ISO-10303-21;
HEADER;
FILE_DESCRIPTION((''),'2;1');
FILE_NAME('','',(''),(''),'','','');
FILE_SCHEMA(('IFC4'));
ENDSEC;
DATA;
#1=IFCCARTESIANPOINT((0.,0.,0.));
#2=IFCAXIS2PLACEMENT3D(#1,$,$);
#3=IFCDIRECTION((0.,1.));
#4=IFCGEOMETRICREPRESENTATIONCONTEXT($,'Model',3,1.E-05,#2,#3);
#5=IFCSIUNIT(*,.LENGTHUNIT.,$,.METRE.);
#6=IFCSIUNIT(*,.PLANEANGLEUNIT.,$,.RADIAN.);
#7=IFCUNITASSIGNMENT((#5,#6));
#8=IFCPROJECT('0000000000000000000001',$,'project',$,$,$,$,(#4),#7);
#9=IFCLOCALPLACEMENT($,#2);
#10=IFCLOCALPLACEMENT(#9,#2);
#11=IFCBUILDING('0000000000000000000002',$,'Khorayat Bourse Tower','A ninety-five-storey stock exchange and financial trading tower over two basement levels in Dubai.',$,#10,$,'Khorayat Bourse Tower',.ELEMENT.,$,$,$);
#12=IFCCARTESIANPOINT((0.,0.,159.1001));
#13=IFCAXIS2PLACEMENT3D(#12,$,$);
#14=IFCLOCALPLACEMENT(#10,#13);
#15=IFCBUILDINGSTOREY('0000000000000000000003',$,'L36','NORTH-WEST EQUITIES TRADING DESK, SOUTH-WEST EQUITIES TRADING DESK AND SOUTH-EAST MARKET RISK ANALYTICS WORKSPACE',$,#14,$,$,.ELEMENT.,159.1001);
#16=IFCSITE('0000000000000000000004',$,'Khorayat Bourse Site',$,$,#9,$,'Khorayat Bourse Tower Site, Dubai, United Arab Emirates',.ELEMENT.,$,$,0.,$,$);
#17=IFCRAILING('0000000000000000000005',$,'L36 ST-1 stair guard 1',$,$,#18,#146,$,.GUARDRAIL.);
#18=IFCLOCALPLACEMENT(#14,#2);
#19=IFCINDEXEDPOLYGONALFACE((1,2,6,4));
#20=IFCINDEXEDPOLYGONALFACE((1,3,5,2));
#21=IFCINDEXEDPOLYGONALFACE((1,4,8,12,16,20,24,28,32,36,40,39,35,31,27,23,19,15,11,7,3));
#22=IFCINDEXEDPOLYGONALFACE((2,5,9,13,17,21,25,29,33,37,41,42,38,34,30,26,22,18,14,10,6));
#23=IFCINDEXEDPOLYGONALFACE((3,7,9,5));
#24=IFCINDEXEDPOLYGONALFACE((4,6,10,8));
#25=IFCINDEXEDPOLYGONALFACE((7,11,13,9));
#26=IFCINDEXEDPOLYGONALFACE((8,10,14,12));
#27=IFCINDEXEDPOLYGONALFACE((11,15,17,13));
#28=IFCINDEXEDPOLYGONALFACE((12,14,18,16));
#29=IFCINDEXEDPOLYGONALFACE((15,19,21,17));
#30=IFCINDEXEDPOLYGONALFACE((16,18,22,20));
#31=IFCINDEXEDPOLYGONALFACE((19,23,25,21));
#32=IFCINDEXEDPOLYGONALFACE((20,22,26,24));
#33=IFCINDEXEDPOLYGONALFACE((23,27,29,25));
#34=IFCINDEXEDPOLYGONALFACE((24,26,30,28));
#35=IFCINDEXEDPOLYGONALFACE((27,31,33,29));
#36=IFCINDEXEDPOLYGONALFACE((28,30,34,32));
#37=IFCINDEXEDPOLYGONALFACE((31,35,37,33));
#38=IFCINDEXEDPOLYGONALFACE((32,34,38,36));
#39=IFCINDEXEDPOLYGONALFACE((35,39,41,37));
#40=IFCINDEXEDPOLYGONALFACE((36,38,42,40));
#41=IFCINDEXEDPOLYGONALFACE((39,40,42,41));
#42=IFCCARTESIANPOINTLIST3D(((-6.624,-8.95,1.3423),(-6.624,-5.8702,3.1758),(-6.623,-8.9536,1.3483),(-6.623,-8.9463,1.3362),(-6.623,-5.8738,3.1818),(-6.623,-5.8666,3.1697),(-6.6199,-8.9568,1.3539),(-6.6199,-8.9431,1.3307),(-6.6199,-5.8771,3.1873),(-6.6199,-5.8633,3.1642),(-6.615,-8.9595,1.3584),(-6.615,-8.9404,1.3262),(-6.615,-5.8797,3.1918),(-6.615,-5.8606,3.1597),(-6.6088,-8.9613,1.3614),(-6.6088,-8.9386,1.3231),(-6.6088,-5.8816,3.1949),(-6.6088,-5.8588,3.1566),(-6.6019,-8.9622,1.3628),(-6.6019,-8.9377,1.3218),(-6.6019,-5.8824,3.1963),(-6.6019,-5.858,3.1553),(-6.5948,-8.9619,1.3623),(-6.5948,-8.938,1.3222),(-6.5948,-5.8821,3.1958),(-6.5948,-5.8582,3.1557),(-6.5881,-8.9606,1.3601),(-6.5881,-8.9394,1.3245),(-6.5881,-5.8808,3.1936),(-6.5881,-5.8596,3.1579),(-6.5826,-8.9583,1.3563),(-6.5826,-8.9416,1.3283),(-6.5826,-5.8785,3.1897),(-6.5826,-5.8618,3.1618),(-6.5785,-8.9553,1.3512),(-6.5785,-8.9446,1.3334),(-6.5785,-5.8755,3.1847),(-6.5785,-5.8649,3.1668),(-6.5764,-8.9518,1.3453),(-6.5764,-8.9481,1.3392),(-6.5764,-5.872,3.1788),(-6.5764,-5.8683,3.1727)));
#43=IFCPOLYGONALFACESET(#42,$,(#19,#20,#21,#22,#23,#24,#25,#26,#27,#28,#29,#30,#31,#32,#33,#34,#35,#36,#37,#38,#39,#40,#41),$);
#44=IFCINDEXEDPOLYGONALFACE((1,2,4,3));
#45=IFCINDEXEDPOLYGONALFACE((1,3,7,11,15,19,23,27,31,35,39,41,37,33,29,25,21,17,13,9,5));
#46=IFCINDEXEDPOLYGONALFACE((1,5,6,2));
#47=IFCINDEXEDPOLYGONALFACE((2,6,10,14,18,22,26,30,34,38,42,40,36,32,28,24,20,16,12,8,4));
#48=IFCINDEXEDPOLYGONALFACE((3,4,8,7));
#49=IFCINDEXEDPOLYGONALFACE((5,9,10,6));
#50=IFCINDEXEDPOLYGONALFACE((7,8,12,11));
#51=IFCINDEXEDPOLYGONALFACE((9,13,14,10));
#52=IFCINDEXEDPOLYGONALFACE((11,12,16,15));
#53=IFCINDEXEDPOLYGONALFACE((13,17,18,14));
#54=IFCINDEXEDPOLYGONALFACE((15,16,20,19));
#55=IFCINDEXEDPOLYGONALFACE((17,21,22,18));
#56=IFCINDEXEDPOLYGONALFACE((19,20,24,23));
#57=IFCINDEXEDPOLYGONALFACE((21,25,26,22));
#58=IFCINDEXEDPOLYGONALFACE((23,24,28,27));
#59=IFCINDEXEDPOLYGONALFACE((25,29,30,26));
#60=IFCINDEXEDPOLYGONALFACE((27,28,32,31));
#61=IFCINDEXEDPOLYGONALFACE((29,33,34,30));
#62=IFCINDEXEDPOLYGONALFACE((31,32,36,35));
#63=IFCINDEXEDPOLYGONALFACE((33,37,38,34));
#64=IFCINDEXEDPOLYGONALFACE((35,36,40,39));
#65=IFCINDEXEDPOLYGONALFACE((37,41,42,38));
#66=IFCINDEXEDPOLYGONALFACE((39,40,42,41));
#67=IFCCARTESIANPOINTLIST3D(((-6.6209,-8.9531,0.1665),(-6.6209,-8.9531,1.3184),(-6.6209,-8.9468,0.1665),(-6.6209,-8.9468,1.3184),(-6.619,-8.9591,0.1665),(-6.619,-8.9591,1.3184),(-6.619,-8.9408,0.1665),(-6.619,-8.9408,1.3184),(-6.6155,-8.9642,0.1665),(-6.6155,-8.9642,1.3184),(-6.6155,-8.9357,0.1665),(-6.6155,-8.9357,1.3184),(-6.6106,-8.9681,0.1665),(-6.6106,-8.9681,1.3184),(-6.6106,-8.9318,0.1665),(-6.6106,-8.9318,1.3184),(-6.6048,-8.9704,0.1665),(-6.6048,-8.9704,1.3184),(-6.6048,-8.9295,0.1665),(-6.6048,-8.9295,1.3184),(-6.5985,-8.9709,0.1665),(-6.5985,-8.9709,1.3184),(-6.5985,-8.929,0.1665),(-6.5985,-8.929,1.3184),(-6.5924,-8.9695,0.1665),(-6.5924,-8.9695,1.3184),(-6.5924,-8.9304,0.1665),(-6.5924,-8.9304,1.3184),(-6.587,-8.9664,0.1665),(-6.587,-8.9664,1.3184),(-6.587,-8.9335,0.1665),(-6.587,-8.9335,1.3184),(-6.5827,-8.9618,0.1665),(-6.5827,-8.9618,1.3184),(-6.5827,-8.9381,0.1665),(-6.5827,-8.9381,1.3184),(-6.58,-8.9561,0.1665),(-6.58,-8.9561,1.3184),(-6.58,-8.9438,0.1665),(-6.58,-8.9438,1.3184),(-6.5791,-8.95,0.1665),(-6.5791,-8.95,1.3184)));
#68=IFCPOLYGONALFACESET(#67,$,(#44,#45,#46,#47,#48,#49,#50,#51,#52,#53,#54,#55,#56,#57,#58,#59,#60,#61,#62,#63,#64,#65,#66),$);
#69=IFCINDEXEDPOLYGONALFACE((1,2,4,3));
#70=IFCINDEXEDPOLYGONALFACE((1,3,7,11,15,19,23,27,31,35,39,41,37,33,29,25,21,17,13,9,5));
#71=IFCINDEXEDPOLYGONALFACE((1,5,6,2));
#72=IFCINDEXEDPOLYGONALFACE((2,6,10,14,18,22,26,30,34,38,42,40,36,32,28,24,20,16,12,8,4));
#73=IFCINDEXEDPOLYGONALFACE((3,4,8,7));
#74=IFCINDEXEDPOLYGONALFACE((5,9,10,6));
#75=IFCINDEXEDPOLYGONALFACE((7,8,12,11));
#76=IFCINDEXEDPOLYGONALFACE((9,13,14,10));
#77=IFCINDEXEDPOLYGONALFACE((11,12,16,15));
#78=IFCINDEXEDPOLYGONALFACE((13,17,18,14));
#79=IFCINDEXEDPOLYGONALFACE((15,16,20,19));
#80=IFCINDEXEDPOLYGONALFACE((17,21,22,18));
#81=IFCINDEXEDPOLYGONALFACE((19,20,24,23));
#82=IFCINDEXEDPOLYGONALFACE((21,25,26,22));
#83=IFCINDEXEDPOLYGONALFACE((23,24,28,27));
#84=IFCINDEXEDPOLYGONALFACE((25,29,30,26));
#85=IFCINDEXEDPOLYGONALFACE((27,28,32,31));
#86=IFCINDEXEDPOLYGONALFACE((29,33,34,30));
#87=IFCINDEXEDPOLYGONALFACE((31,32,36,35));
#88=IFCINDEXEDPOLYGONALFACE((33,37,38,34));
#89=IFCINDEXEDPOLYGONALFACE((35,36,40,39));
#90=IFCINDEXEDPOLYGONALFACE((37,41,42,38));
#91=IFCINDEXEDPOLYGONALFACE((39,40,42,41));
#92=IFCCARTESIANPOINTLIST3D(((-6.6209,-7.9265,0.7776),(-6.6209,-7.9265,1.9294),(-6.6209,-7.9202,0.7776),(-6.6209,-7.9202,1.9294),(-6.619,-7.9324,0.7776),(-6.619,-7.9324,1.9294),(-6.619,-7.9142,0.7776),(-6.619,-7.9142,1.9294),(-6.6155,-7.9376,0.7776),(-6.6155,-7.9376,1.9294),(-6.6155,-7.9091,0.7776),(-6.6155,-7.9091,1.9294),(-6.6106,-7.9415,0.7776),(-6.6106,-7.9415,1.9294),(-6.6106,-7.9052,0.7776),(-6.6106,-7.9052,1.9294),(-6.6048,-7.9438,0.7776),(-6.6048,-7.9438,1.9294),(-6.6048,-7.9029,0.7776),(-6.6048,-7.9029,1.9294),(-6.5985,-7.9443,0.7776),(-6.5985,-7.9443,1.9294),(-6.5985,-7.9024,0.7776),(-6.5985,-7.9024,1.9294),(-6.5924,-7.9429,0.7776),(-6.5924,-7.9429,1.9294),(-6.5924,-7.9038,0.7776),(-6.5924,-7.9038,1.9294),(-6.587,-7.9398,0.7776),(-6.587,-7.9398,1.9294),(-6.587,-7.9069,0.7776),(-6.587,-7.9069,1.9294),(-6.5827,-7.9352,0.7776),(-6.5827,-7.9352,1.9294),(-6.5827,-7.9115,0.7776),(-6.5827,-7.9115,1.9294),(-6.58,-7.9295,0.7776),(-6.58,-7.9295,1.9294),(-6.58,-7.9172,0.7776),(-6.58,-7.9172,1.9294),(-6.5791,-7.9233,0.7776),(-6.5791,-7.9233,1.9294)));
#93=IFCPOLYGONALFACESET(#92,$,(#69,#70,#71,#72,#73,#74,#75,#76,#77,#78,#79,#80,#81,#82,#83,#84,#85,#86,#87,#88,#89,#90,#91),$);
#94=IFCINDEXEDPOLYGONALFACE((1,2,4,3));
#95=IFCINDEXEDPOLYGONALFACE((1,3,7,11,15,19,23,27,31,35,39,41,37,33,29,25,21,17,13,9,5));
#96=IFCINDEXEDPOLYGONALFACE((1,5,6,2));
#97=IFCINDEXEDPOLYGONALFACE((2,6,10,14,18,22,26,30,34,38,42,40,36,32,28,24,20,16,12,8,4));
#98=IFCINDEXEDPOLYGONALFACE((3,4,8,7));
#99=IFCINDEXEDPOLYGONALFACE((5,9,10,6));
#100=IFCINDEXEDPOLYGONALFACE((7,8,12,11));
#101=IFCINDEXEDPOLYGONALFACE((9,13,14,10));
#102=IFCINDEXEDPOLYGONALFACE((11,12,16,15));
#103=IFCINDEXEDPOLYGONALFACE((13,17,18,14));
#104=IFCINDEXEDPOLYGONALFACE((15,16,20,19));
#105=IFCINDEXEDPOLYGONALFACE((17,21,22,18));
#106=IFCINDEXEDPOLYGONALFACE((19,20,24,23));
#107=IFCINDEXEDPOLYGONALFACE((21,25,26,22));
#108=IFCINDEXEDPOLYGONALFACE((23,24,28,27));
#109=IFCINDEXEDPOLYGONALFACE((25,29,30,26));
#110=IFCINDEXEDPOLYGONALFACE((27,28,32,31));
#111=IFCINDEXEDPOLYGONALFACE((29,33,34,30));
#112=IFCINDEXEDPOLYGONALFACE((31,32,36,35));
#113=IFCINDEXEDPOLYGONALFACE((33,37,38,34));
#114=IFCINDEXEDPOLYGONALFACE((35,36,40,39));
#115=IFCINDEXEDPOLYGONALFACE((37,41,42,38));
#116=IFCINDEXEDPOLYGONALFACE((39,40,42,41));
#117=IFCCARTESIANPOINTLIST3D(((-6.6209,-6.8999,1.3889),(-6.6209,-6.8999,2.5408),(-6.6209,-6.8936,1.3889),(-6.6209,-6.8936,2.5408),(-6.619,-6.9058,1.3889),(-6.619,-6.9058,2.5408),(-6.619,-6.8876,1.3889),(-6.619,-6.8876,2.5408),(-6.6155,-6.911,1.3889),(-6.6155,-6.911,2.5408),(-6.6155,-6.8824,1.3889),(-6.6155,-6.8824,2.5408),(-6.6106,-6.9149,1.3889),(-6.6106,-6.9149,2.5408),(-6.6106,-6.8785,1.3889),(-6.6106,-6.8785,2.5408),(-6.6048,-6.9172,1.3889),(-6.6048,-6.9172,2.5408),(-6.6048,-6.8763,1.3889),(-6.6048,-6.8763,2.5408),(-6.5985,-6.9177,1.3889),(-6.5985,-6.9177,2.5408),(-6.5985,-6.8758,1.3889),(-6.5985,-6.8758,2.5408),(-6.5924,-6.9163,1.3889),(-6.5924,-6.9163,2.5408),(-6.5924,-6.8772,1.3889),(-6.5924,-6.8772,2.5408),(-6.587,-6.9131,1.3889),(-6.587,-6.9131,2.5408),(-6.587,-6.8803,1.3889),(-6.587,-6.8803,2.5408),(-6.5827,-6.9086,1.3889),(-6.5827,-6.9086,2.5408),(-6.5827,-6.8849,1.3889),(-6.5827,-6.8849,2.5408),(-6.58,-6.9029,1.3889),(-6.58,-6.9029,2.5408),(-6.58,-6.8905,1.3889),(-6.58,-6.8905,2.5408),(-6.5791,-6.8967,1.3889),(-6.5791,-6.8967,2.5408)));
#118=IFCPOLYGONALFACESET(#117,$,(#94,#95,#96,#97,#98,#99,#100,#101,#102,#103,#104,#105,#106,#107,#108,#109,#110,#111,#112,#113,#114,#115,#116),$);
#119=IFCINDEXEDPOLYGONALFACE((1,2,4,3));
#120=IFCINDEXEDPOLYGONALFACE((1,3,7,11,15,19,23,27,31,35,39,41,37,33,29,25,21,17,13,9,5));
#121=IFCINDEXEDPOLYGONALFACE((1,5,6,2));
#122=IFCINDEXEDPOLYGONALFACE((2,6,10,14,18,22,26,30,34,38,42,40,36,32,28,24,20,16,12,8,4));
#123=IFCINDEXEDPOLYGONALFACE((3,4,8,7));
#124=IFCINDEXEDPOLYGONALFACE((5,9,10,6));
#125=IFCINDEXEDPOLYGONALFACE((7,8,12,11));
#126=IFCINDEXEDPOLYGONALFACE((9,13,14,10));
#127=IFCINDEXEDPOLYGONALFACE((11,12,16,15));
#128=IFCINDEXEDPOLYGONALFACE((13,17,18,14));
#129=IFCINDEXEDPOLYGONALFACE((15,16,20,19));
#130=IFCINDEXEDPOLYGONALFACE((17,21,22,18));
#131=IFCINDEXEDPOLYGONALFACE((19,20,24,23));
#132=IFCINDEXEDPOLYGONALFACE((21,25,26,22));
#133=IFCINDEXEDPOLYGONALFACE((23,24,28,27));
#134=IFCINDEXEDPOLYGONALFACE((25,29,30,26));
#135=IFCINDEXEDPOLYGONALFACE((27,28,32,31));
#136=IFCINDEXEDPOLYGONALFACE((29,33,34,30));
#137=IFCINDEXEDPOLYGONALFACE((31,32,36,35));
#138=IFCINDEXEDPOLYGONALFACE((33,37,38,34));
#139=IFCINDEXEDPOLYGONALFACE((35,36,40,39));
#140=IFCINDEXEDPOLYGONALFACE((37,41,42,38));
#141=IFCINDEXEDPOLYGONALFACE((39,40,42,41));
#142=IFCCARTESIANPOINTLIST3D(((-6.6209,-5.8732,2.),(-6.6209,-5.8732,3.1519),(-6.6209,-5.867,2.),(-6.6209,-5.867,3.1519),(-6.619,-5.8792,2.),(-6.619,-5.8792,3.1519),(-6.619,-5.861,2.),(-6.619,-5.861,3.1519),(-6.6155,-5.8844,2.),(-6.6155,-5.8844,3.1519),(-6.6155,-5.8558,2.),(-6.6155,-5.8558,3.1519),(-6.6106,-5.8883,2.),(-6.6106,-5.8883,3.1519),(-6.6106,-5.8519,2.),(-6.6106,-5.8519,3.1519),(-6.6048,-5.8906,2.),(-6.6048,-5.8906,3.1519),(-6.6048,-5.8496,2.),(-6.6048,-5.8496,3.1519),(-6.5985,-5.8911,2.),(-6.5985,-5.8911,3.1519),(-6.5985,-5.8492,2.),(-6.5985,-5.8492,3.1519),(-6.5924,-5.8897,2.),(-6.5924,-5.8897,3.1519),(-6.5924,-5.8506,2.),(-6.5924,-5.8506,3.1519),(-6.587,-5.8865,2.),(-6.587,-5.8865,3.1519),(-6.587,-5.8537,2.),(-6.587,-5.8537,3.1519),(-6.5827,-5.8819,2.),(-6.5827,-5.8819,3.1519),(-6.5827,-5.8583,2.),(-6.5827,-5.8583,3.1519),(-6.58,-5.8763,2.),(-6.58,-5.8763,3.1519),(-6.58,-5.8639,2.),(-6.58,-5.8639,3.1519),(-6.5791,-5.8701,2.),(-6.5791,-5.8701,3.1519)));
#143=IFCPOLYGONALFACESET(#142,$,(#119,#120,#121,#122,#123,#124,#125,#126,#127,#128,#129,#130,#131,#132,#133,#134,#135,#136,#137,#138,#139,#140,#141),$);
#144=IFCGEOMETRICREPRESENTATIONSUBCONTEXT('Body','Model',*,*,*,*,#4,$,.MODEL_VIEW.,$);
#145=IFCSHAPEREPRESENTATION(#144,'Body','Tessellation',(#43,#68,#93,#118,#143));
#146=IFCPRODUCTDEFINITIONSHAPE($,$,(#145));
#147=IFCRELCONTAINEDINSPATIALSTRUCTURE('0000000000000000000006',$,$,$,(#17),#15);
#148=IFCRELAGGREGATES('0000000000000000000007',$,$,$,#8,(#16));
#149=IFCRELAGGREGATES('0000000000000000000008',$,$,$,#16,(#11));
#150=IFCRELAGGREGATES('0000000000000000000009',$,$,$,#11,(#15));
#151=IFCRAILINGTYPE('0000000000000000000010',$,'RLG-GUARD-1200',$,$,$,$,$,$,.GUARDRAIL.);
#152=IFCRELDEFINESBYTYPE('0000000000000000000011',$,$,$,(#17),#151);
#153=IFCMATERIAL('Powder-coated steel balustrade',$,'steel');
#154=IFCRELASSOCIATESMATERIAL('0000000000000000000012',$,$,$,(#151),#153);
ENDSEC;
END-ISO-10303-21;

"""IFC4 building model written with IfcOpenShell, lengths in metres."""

from ifc_helpers import new_model, si_unit, direction, frame, origin, origin_2d, place, context, subcontext, project, spatial, circle, extrude, source, transform, mapped, material, type_object, element, save


model = new_model("IFC4")

# Units and contexts
model_context = context("Model", 3, precision=1e-05, world=origin(), true_north=direction((0.0, 1.0)))
body_context = subcontext(model_context, "Body", "Model", "MODEL_VIEW")
ifc_project = project(units=[si_unit("LENGTHUNIT", "METRE"), si_unit("PLANEANGLEUNIT", "RADIAN")], contexts=[model_context])

# Site, building, storey
site_placement = place(None, origin())
site = spatial("IfcSite", under=ifc_project, at=site_placement, Name="Khorayat Bourse Site", LongName="Khorayat Bourse Tower Site, Dubai, United Arab Emirates", CompositionType="ELEMENT", RefElevation=0.0)
building_placement = place(site_placement, origin())
building = spatial("IfcBuilding", under=site, at=building_placement, Name="Khorayat Bourse Tower", Description="A ninety-five-storey stock exchange and financial trading tower over two basement levels in Dubai.", LongName="Khorayat Bourse Tower", CompositionType="ELEMENT")
storey_placement = place(building_placement, frame((0.0, 0.0, 159.1001)))
storey = spatial("IfcBuildingStorey", under=building, at=storey_placement, Name="L36", Description="NORTH-WEST EQUITIES TRADING DESK, SOUTH-WEST EQUITIES TRADING DESK AND SOUTH-EAST MARKET RISK ANALYTICS WORKSPACE", CompositionType="ELEMENT", Elevation=159.1001)

# Railing
ifc_material_1 = material(Name="Powder-coated steel balustrade", Category="steel")
railing_type_1 = type_object("IfcRailingType", Name="RLG-GUARD-1200", PredefinedType="GUARDRAIL", material=ifc_material_1)
shared_shape_1 = source(origin(), body_context, "Body", "SweptSolid", [
    extrude(circle(Radius=0.0239, at=origin_2d()), frame((0.0, 0.0, 1.1758), z_axis=(0.0, 0.859261, 0.511538), x_axis=(-1.0, 0.0, 0.0)), (0.0, 0.0, 1.0), 3.5842),
    extrude(circle(Radius=0.021, at=origin_2d()), origin(), (0.0, 0.0, 1.0), 1.1519),
    extrude(circle(Radius=0.021, at=origin_2d()), frame((0.0, 1.0266, 0.6111)), (0.0, 0.0, 1.0), 1.1519),
    extrude(circle(Radius=0.021, at=origin_2d()), frame((0.0, 2.0532, 1.2224)), (0.0, 0.0, 1.0), 1.1519),
    extrude(circle(Radius=0.021, at=origin_2d()), frame((0.0, 3.0798, 1.8335)), (0.0, 0.0, 1.0), 1.1519),
])
railing_1_placement = place(storey_placement, frame((-6.6001, -8.95, 0.1665)))
element("IfcRailing", 1, at=railing_1_placement, inside=storey, type_object=railing_type_1, Name="L36 ST-1 stair guard 1", PredefinedType="GUARDRAIL", context=body_context, shape_type="MappedRepresentation", body=[
    mapped(shared_shape_1, transform((0.0, 0.0, 0.0), scale=1.0)),
])

save(model, "model.ifc")
